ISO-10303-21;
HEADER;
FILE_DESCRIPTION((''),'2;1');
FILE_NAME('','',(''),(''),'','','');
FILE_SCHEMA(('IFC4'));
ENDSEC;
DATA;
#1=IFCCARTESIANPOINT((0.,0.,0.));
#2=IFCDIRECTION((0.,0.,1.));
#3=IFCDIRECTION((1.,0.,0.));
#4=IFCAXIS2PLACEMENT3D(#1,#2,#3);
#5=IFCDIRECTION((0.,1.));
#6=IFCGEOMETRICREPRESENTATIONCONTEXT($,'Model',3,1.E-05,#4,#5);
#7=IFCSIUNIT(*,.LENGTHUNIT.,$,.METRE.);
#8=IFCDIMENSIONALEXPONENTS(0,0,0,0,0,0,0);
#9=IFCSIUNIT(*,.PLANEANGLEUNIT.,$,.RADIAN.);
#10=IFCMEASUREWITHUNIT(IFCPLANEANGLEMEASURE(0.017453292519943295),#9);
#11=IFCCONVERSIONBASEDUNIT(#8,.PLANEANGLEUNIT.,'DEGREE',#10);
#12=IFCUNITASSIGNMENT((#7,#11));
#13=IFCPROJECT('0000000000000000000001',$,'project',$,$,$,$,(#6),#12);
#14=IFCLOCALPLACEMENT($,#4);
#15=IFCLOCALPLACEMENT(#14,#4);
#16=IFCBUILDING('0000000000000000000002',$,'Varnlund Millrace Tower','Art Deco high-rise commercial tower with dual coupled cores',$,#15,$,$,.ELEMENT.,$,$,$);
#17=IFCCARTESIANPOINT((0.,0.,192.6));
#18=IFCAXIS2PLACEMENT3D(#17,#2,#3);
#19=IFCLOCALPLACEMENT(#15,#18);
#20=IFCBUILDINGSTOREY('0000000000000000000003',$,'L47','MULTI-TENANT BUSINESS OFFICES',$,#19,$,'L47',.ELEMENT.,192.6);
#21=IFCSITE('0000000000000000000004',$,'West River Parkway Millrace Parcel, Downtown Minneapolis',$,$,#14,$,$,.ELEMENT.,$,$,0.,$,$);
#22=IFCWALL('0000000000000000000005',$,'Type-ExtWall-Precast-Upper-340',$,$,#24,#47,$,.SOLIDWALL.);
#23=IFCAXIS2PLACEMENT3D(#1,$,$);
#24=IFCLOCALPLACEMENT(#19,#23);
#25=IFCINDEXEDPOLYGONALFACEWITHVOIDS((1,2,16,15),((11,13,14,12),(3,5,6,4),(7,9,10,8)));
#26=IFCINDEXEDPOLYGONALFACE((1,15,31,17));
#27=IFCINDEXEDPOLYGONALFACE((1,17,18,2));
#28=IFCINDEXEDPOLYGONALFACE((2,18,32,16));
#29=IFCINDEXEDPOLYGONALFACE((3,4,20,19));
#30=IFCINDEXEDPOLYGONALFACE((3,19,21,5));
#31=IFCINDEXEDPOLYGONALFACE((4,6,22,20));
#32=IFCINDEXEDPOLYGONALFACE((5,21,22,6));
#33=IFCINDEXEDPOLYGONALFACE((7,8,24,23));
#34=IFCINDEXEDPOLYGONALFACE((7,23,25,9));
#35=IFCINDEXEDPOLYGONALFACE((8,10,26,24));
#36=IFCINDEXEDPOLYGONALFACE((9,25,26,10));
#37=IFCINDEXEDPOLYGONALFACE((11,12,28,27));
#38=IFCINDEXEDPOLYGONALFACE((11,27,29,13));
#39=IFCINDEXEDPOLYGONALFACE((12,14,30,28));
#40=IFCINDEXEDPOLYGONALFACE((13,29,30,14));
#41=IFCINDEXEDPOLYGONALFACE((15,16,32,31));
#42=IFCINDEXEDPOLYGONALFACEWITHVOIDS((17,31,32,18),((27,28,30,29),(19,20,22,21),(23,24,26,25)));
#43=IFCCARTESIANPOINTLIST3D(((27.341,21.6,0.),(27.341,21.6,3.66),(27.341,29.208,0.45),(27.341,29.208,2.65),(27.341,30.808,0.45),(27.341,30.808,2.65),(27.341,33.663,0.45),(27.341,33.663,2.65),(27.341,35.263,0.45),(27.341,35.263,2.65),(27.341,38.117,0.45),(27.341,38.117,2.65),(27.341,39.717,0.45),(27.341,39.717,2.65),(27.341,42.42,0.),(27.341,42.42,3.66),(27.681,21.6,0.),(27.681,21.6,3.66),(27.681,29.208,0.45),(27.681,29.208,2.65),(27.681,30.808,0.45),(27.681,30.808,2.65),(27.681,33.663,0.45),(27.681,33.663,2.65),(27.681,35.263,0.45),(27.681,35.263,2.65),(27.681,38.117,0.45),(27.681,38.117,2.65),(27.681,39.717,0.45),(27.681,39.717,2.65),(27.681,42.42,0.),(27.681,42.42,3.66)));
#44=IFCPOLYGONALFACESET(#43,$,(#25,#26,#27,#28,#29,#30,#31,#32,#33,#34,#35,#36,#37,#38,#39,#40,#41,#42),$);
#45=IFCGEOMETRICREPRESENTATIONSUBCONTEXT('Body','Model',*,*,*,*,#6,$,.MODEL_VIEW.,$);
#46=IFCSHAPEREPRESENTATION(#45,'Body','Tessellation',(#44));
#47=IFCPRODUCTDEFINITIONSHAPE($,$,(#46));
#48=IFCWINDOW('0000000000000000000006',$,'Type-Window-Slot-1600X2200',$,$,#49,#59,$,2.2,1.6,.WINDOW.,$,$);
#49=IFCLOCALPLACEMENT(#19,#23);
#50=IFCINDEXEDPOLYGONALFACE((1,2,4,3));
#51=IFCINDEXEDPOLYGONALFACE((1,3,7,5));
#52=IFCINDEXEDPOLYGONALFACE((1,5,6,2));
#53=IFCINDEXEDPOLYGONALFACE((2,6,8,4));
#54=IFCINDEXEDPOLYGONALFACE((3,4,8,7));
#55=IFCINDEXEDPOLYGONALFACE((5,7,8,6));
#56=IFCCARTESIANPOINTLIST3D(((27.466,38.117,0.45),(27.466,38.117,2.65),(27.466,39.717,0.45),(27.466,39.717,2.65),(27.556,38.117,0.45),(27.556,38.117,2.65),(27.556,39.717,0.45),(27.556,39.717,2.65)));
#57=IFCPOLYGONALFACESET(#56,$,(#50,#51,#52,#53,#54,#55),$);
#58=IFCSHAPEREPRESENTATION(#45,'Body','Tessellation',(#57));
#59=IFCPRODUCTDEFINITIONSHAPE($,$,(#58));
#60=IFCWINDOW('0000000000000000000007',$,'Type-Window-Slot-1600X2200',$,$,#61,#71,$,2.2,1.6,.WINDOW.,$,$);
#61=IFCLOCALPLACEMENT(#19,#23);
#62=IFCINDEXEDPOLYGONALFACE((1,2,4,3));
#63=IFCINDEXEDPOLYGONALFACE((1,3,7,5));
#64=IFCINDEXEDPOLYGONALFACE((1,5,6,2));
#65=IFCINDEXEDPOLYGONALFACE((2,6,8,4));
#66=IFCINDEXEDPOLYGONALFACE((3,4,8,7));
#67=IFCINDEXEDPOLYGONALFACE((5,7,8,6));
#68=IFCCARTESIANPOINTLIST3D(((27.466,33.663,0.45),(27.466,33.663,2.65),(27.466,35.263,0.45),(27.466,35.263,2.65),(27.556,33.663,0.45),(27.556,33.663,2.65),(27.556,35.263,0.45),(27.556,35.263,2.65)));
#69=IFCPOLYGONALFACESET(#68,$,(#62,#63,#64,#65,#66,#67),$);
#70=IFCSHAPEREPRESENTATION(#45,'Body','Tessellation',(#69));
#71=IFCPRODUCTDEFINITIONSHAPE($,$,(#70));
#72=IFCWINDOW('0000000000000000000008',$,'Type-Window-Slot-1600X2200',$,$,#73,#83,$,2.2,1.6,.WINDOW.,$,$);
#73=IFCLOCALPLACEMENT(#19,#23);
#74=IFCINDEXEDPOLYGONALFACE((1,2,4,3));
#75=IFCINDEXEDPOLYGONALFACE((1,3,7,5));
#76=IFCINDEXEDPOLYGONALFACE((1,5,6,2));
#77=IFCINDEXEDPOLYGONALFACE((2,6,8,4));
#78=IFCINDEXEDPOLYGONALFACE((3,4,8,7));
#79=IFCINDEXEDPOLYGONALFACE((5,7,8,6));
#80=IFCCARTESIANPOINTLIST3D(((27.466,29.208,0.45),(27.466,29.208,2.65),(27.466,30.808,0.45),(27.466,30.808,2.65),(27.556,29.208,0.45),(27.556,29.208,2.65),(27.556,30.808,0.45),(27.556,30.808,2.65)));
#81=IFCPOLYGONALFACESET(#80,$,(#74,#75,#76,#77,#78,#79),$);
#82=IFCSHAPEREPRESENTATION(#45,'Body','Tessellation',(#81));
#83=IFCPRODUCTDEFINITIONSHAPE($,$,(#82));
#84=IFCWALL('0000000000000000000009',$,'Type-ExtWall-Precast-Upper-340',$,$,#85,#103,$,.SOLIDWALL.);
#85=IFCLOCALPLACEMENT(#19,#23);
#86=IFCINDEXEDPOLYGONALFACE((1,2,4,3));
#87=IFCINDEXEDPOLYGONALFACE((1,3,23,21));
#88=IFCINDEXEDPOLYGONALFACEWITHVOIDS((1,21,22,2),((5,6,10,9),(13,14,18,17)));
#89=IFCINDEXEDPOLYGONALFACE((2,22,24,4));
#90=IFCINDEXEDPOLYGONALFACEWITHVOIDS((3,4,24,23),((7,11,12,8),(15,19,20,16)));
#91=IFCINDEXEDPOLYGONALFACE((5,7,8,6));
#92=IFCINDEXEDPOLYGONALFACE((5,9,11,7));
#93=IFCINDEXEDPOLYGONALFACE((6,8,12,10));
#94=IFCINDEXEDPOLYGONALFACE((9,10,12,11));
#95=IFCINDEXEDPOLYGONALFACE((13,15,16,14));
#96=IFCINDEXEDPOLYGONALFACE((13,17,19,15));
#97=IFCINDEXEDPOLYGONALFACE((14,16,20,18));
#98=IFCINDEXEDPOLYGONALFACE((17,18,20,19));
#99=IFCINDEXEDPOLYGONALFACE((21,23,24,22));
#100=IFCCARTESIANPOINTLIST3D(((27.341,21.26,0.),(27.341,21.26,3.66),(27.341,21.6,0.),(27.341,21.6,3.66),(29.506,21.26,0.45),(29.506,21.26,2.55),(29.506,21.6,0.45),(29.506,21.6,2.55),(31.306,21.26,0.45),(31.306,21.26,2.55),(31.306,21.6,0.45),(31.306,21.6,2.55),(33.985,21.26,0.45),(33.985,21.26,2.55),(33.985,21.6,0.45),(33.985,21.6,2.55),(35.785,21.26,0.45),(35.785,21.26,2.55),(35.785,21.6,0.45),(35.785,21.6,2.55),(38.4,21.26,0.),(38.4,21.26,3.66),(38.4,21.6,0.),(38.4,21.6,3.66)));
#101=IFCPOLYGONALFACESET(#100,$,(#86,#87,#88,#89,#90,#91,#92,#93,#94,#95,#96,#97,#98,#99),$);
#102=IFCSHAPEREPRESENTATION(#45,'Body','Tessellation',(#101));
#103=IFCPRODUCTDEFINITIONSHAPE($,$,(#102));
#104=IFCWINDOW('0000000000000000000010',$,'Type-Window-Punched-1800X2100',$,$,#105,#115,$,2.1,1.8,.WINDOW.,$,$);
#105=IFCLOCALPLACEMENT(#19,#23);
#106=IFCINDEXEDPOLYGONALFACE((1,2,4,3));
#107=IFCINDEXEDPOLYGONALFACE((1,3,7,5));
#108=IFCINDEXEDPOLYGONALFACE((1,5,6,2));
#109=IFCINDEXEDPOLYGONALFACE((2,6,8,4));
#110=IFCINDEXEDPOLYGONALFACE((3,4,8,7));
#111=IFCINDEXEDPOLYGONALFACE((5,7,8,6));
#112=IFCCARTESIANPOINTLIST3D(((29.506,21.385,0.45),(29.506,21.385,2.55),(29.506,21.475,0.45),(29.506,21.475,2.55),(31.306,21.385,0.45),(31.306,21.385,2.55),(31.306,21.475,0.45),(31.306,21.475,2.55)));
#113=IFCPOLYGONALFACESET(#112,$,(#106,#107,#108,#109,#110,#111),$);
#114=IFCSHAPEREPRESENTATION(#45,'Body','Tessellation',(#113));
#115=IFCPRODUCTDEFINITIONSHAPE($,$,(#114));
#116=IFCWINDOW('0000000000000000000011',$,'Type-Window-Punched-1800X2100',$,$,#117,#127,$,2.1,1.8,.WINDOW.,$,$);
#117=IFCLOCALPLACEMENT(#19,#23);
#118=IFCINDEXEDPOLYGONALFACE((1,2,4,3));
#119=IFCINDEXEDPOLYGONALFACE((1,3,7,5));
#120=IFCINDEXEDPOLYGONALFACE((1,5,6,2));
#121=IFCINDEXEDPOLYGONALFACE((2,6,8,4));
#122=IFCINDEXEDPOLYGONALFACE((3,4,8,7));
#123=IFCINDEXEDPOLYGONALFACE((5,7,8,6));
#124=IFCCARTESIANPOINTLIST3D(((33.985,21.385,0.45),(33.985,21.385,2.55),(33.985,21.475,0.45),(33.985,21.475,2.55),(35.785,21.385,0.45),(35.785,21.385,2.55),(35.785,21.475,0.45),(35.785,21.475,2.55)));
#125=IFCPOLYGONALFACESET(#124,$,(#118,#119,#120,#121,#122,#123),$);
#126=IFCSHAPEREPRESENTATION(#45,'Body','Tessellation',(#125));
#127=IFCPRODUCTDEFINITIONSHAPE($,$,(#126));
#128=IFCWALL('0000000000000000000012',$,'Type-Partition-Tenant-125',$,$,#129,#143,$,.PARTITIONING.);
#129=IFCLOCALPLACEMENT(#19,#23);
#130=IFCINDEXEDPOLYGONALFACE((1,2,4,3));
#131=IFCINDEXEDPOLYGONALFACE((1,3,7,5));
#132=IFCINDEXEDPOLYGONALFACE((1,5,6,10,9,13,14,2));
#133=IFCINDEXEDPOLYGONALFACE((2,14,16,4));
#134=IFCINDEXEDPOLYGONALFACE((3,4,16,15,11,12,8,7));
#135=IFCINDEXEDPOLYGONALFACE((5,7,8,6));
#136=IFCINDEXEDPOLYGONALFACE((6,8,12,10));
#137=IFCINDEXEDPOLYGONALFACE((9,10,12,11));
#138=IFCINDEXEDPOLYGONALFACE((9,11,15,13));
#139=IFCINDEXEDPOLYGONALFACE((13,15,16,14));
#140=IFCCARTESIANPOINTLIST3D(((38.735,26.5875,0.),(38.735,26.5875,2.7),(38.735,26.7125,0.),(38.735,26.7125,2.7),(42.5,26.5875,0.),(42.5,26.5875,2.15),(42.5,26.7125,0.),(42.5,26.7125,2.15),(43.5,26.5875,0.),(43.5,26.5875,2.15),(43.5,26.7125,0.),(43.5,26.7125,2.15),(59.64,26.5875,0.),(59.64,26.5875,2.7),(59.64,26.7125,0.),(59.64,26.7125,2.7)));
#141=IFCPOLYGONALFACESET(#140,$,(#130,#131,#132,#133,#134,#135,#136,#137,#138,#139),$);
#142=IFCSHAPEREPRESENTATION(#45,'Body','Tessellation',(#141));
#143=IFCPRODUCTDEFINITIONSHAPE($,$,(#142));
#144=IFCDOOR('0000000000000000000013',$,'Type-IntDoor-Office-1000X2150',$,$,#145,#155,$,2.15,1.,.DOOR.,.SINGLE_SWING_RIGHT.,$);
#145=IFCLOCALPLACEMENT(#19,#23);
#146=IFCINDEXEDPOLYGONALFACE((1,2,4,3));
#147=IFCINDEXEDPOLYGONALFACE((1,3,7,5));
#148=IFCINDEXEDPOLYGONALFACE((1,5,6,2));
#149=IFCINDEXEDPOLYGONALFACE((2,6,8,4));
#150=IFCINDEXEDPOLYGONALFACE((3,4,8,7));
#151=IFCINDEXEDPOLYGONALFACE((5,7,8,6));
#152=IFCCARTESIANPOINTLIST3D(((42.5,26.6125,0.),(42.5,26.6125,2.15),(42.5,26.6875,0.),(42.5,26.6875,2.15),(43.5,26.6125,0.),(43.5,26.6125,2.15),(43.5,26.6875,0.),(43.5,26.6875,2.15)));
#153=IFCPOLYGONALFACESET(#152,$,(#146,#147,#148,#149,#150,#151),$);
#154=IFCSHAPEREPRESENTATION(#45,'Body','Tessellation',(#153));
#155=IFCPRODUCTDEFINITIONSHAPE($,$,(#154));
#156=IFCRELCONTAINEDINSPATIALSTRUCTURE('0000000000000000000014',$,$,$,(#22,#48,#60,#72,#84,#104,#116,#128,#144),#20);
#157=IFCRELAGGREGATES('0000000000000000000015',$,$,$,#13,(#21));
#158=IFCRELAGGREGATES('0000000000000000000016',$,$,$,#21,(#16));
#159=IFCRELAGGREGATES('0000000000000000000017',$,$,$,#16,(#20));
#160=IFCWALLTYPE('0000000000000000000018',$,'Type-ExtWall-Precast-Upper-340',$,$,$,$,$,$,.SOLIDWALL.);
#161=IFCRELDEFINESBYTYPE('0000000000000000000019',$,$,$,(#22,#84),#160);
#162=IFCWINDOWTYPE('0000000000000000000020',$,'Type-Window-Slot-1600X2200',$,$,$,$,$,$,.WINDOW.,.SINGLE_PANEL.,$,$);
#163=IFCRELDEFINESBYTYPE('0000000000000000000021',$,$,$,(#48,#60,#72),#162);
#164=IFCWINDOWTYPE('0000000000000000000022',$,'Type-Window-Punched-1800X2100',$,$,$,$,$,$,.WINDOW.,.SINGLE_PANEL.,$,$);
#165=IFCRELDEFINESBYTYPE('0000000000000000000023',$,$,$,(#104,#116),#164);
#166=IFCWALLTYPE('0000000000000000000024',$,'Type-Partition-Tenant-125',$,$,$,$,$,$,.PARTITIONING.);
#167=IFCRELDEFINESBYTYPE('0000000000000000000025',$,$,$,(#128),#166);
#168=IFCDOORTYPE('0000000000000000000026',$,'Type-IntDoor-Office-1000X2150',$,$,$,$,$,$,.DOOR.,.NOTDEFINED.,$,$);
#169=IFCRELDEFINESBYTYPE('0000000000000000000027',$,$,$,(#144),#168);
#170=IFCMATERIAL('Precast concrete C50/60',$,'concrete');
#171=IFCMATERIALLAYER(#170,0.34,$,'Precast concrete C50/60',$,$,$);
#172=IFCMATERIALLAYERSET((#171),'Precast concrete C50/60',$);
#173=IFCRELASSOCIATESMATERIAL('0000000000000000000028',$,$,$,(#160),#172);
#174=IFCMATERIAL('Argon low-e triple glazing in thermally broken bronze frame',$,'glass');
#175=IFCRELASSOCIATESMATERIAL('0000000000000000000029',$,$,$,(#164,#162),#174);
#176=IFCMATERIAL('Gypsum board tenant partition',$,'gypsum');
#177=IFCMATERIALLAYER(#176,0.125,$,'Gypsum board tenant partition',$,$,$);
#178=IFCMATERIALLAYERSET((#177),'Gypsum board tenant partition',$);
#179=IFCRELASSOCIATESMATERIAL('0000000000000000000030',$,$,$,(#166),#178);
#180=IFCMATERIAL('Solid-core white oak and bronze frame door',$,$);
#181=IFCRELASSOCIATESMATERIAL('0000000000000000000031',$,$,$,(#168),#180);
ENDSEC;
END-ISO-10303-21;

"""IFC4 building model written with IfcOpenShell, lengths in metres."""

from ifc_helpers import new_model, entity, si_unit, converted_unit, direction, frame, origin_with_axes, origin_2d_with_axis, place, context, subcontext, project, spatial, polyline, rectangle, outline, extrude, material, layer, layer_set, type_object, element, fill, save


model = new_model("IFC4")

# Units and contexts
model_context = context("Model", 3, precision=1e-05, world=origin_with_axes(), true_north=direction((0.0, 1.0)))
body_context = subcontext(model_context, "Body", "Model", "MODEL_VIEW")
ifc_project = project(units=[si_unit("LENGTHUNIT", "METRE"), converted_unit("PLANEANGLEUNIT", "DEGREE", entity("IfcPlaneAngleMeasure", 0.017453292519943295), si_unit("PLANEANGLEUNIT", "RADIAN"), dimensions=[0, 0, 0, 0, 0, 0, 0])], contexts=[model_context])

# Site, building, storey
site_placement = place(None, origin_with_axes())
site = spatial("IfcSite", under=ifc_project, at=site_placement, Name="West River Parkway Millrace Parcel, Downtown Minneapolis", CompositionType="ELEMENT", RefElevation=0.0)
building_placement = place(site_placement, origin_with_axes())
building = spatial("IfcBuilding", under=site, at=building_placement, Name="Varnlund Millrace Tower", Description="Art Deco high-rise commercial tower with dual coupled cores", CompositionType="ELEMENT")
storey_placement = place(building_placement, frame((0.0, 0.0, 192.6), z_axis=(0.0, 0.0, 1.0), x_axis=(1.0, 0.0, 0.0)))
storey = spatial("IfcBuildingStorey", under=building, at=storey_placement, Name="L47", Description="MULTI-TENANT BUSINESS OFFICES", LongName="L47", CompositionType="ELEMENT", Elevation=192.6)

# Shared definitions
ifc_material_1 = material(Name="Precast concrete C50/60", Category="concrete")
ifc_layer_1 = layer(ifc_material_1, 0.34, Name="Precast concrete C50/60")
ifc_layer_set_1 = layer_set([ifc_layer_1], Name="Precast concrete C50/60")
wall_type_1 = type_object("IfcWallType", Name="Type-ExtWall-Precast-Upper-340", PredefinedType="SOLIDWALL", material=ifc_layer_set_1)

# Shared definitions
ifc_material_2 = material(Name="Argon low-e triple glazing in thermally broken bronze frame", Category="glass")
window_type_1 = type_object("IfcWindowType", Name="Type-Window-Punched-1800X2100", PartitioningType="SINGLE_PANEL", PredefinedType="WINDOW", material=ifc_material_2)

# Walls, openings, windows
wall_1_placement = place(storey_placement, frame((27.511, 42.42, 0.0), z_axis=(0.0, 0.0, 1.0), x_axis=(0.0, -1.0, 0.0)))
wall_1 = element("IfcWall", 1, at=wall_1_placement, inside=storey, type_object=wall_type_1, Name="Type-ExtWall-Precast-Upper-340", PredefinedType="SOLIDWALL", context=body_context, shape_type="SweptSolid", body=[
    extrude(outline(polyline([(0.0, -0.17), (20.82, -0.17), (20.82, 0.17), (0.0, 0.17), (0.0, -0.17)])), origin_with_axes(), (0.0, 0.0, 1.0), 3.66),
])
opening_1_placement = place(wall_1_placement, frame((3.503, 0.0, 0.45), z_axis=(0.0, 0.0, 1.0), x_axis=(1.0, 0.0, 0.0)))
opening_1 = element("IfcOpeningElement", 2, at=opening_1_placement, cuts=wall_1, PredefinedType="OPENING", context=body_context, shape_type="SweptSolid", body=[
    extrude(rectangle(XDim=1.6, YDim=0.36, at=origin_2d_with_axis()), origin_with_axes(), (0.0, 0.0, 1.0), 2.2),
])
opening_2_placement = place(wall_1_placement, frame((7.957, 0.0, 0.45), z_axis=(0.0, 0.0, 1.0), x_axis=(1.0, 0.0, 0.0)))
opening_2 = element("IfcOpeningElement", 3, at=opening_2_placement, cuts=wall_1, PredefinedType="OPENING", context=body_context, shape_type="SweptSolid", body=[
    extrude(rectangle(XDim=1.6, YDim=0.36, at=origin_2d_with_axis()), origin_with_axes(), (0.0, 0.0, 1.0), 2.2),
])
opening_3_placement = place(wall_1_placement, frame((12.412, 0.0, 0.45), z_axis=(0.0, 0.0, 1.0), x_axis=(1.0, 0.0, 0.0)))
opening_3 = element("IfcOpeningElement", 4, at=opening_3_placement, cuts=wall_1, PredefinedType="OPENING", context=body_context, shape_type="SweptSolid", body=[
    extrude(rectangle(XDim=1.6, YDim=0.36, at=origin_2d_with_axis()), origin_with_axes(), (0.0, 0.0, 1.0), 2.2),
])
window_type_2 = type_object("IfcWindowType", Name="Type-Window-Slot-1600X2200", PartitioningType="SINGLE_PANEL", PredefinedType="WINDOW", material=ifc_material_2)
window_1_placement = place(wall_1_placement, frame((3.503, 0.0, 0.45), z_axis=(0.0, 0.0, 1.0), x_axis=(1.0, 0.0, 0.0)))
window_1 = element("IfcWindow", 5, at=window_1_placement, inside=storey, type_object=window_type_2, Name="Type-Window-Slot-1600X2200", OverallHeight=2.2, OverallWidth=1.6, PredefinedType="WINDOW", context=body_context, shape_type="SweptSolid", body=[
    extrude(rectangle(XDim=1.6, YDim=0.09, at=origin_2d_with_axis()), origin_with_axes(), (0.0, 0.0, 1.0), 2.2),
])
fill(opening_1, window_1)
window_2_placement = place(wall_1_placement, frame((7.957, 0.0, 0.45), z_axis=(0.0, 0.0, 1.0), x_axis=(1.0, 0.0, 0.0)))
window_2 = element("IfcWindow", 6, at=window_2_placement, inside=storey, type_object=window_type_2, Name="Type-Window-Slot-1600X2200", OverallHeight=2.2, OverallWidth=1.6, PredefinedType="WINDOW", context=body_context, shape_type="SweptSolid", body=[
    extrude(rectangle(XDim=1.6, YDim=0.09, at=origin_2d_with_axis()), origin_with_axes(), (0.0, 0.0, 1.0), 2.2),
])
fill(opening_2, window_2)
window_3_placement = place(wall_1_placement, frame((12.412, 0.0, 0.45), z_axis=(0.0, 0.0, 1.0), x_axis=(1.0, 0.0, 0.0)))
window_3 = element("IfcWindow", 7, at=window_3_placement, inside=storey, type_object=window_type_2, Name="Type-Window-Slot-1600X2200", OverallHeight=2.2, OverallWidth=1.6, PredefinedType="WINDOW", context=body_context, shape_type="SweptSolid", body=[
    extrude(rectangle(XDim=1.6, YDim=0.09, at=origin_2d_with_axis()), origin_with_axes(), (0.0, 0.0, 1.0), 2.2),
])
fill(opening_3, window_3)
wall_2_placement = place(storey_placement, frame((27.341, 21.43, 0.0), z_axis=(0.0, 0.0, 1.0), x_axis=(1.0, 0.0, 0.0)))
wall_2 = element("IfcWall", 8, at=wall_2_placement, inside=storey, type_object=wall_type_1, Name="Type-ExtWall-Precast-Upper-340", PredefinedType="SOLIDWALL", context=body_context, shape_type="SweptSolid", body=[
    extrude(outline(polyline([(0.0, -0.17), (11.059, -0.17), (11.059, 0.17), (0.0, 0.17), (0.0, -0.17)])), origin_with_axes(), (0.0, 0.0, 1.0), 3.66),
])
opening_4_placement = place(wall_2_placement, frame((3.065, 0.0, 0.45), z_axis=(0.0, 0.0, 1.0), x_axis=(1.0, 0.0, 0.0)))
opening_4 = element("IfcOpeningElement", 9, at=opening_4_placement, cuts=wall_2, PredefinedType="OPENING", context=body_context, shape_type="SweptSolid", body=[
    extrude(rectangle(XDim=1.8, YDim=0.36, at=origin_2d_with_axis()), origin_with_axes(), (0.0, 0.0, 1.0), 2.1),
])
opening_5_placement = place(wall_2_placement, frame((7.544, 0.0, 0.45), z_axis=(0.0, 0.0, 1.0), x_axis=(1.0, 0.0, 0.0)))
opening_5 = element("IfcOpeningElement", 10, at=opening_5_placement, cuts=wall_2, PredefinedType="OPENING", context=body_context, shape_type="SweptSolid", body=[
    extrude(rectangle(XDim=1.8, YDim=0.36, at=origin_2d_with_axis()), origin_with_axes(), (0.0, 0.0, 1.0), 2.1),
])
window_4_placement = place(wall_2_placement, frame((3.065, 0.0, 0.45), z_axis=(0.0, 0.0, 1.0), x_axis=(1.0, 0.0, 0.0)))
window_4 = element("IfcWindow", 11, at=window_4_placement, inside=storey, type_object=window_type_1, Name="Type-Window-Punched-1800X2100", OverallHeight=2.1, OverallWidth=1.8, PredefinedType="WINDOW", context=body_context, shape_type="SweptSolid", body=[
    extrude(rectangle(XDim=1.8, YDim=0.09, at=origin_2d_with_axis()), origin_with_axes(), (0.0, 0.0, 1.0), 2.1),
])
fill(opening_4, window_4)
window_5_placement = place(wall_2_placement, frame((7.544, 0.0, 0.45), z_axis=(0.0, 0.0, 1.0), x_axis=(1.0, 0.0, 0.0)))
window_5 = element("IfcWindow", 12, at=window_5_placement, inside=storey, type_object=window_type_1, Name="Type-Window-Punched-1800X2100", OverallHeight=2.1, OverallWidth=1.8, PredefinedType="WINDOW", context=body_context, shape_type="SweptSolid", body=[
    extrude(rectangle(XDim=1.8, YDim=0.09, at=origin_2d_with_axis()), origin_with_axes(), (0.0, 0.0, 1.0), 2.1),
])
fill(opening_5, window_5)

# Wall, opening, door
ifc_material_3 = material(Name="Gypsum board tenant partition", Category="gypsum")
ifc_layer_2 = layer(ifc_material_3, 0.125, Name="Gypsum board tenant partition")
ifc_layer_set_2 = layer_set([ifc_layer_2], Name="Gypsum board tenant partition")
wall_type_2 = type_object("IfcWallType", Name="Type-Partition-Tenant-125", PredefinedType="PARTITIONING", material=ifc_layer_set_2)
wall_3_placement = place(storey_placement, frame((38.735, 26.65, 0.0), z_axis=(0.0, 0.0, 1.0), x_axis=(1.0, 0.0, 0.0)))
wall_3 = element("IfcWall", 13, at=wall_3_placement, inside=storey, type_object=wall_type_2, Name="Type-Partition-Tenant-125", PredefinedType="PARTITIONING", context=body_context, shape_type="SweptSolid", body=[
    extrude(outline(polyline([(0.0, -0.0625), (20.905, -0.0625), (20.905, 0.0625), (0.0, 0.0625), (0.0, -0.0625)])), origin_with_axes(), (0.0, 0.0, 1.0), 2.7),
])
opening_6_placement = place(wall_3_placement, frame((4.265, 0.0, 0.0), z_axis=(0.0, 0.0, 1.0), x_axis=(1.0, 0.0, 0.0)))
opening_6 = element("IfcOpeningElement", 14, at=opening_6_placement, cuts=wall_3, PredefinedType="OPENING", context=body_context, shape_type="SweptSolid", body=[
    extrude(rectangle(XDim=1.0, YDim=0.145, at=origin_2d_with_axis()), origin_with_axes(), (0.0, 0.0, 1.0), 2.15),
])
ifc_material_4 = material(Name="Solid-core white oak and bronze frame door")
door_type = type_object("IfcDoorType", Name="Type-IntDoor-Office-1000X2150", OperationType="NOTDEFINED", PredefinedType="DOOR", material=ifc_material_4)
door_placement = place(wall_3_placement, frame((4.265, 0.0, 0.0), z_axis=(0.0, 0.0, 1.0), x_axis=(1.0, 0.0, 0.0)))
door = element("IfcDoor", 15, at=door_placement, inside=storey, type_object=door_type, Name="Type-IntDoor-Office-1000X2150", OperationType="SINGLE_SWING_RIGHT", OverallHeight=2.15, OverallWidth=1.0, PredefinedType="DOOR", context=body_context, shape_type="SweptSolid", body=[
    extrude(rectangle(XDim=1.0, YDim=0.075, at=origin_2d_with_axis()), origin_with_axes(), (0.0, 0.0, 1.0), 2.15),
])
fill(opening_6, door)

save(model, "model.ifc")
